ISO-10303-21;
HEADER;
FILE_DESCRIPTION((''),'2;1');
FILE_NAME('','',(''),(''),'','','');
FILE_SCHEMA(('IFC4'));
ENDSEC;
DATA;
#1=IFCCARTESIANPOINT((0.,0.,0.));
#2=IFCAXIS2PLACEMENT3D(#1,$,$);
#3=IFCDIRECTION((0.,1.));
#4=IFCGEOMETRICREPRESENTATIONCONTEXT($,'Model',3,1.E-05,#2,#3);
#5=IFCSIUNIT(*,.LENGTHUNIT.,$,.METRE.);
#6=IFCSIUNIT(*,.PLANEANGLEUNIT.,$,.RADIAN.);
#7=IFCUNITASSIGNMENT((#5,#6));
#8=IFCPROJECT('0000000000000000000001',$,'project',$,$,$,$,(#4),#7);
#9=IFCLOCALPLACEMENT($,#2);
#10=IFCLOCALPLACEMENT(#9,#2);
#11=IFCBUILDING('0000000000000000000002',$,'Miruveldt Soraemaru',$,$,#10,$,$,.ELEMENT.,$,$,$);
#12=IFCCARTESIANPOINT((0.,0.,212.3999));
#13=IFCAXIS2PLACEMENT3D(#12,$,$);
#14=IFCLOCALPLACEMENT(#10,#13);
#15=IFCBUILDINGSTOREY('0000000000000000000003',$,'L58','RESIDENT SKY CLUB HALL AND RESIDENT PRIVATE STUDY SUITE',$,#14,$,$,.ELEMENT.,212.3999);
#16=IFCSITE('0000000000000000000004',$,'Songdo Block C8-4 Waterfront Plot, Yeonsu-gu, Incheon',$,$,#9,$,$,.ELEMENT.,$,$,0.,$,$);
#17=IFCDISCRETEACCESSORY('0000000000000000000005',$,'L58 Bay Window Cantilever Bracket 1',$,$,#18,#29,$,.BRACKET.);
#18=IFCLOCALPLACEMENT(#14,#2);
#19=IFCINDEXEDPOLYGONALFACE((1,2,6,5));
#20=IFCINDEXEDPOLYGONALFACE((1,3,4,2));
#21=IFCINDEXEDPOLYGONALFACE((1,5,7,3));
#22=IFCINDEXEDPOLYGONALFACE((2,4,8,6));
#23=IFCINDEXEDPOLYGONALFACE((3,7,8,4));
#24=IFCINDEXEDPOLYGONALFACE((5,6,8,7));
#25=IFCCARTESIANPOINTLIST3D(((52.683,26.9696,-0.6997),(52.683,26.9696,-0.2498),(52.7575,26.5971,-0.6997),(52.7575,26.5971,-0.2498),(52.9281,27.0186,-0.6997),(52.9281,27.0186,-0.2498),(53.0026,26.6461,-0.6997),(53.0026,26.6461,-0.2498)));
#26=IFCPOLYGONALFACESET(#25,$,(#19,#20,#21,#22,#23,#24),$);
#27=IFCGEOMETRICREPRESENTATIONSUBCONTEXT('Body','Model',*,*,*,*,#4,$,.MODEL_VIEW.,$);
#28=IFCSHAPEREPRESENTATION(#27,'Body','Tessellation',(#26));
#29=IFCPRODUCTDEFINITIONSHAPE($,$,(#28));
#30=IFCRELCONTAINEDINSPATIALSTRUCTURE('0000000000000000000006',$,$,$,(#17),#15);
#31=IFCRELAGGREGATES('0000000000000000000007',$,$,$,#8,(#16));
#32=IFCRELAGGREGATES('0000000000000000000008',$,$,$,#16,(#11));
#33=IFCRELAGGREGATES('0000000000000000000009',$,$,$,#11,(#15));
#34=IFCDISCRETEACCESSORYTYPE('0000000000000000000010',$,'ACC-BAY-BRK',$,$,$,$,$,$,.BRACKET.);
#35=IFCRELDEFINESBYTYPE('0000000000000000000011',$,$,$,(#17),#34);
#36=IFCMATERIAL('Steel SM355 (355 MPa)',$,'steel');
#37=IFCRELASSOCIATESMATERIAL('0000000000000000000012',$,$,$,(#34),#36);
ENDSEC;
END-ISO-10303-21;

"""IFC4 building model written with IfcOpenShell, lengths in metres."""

from ifc_helpers import new_model, si_unit, direction, frame, origin, origin_2d, place, context, subcontext, project, spatial, rectangle, extrude, material, type_object, element, save


model = new_model("IFC4")

# Units and contexts
model_context = context("Model", 3, precision=1e-05, world=origin(), true_north=direction((0.0, 1.0)))
body_context = subcontext(model_context, "Body", "Model", "MODEL_VIEW")
ifc_project = project(units=[si_unit("LENGTHUNIT", "METRE"), si_unit("PLANEANGLEUNIT", "RADIAN")], contexts=[model_context])

# Site, building, storey
site_placement = place(None, origin())
site = spatial("IfcSite", under=ifc_project, at=site_placement, Name="Songdo Block C8-4 Waterfront Plot, Yeonsu-gu, Incheon", CompositionType="ELEMENT", RefElevation=0.0)
building_placement = place(site_placement, origin())
building = spatial("IfcBuilding", under=site, at=building_placement, Name="Miruveldt Soraemaru", CompositionType="ELEMENT")
storey_placement = place(building_placement, frame((0.0, 0.0, 212.3999)))
storey = spatial("IfcBuildingStorey", under=building, at=storey_placement, Name="L58", Description="RESIDENT SKY CLUB HALL AND RESIDENT PRIVATE STUDY SUITE", CompositionType="ELEMENT", Elevation=212.3999)

# Shared definitions
ifc_material_1 = material(Name="Steel SM355 (355 MPa)", Category="steel")

# Discrete accessory
discrete_accessory_type = type_object("IfcDiscreteAccessoryType", Name="ACC-BAY-BRK", PredefinedType="BRACKET", material=ifc_material_1)
discrete_accessory_placement = place(storey_placement, frame((52.8428, 26.8079, -0.6997), z_axis=(0.0, 0.0, 1.0), x_axis=(0.196117, -0.98058, 0.0)))
element("IfcDiscreteAccessory", 1, at=discrete_accessory_placement, inside=storey, type_object=discrete_accessory_type, Name="L58 Bay Window Cantilever Bracket 1", PredefinedType="BRACKET", context=body_context, shape_type="SweptSolid", body=[
    extrude(rectangle(XDim=0.3799, YDim=0.25, at=origin_2d()), origin(), (0.0, 0.0, 1.0), 0.45),
])

save(model, "model.ifc")
